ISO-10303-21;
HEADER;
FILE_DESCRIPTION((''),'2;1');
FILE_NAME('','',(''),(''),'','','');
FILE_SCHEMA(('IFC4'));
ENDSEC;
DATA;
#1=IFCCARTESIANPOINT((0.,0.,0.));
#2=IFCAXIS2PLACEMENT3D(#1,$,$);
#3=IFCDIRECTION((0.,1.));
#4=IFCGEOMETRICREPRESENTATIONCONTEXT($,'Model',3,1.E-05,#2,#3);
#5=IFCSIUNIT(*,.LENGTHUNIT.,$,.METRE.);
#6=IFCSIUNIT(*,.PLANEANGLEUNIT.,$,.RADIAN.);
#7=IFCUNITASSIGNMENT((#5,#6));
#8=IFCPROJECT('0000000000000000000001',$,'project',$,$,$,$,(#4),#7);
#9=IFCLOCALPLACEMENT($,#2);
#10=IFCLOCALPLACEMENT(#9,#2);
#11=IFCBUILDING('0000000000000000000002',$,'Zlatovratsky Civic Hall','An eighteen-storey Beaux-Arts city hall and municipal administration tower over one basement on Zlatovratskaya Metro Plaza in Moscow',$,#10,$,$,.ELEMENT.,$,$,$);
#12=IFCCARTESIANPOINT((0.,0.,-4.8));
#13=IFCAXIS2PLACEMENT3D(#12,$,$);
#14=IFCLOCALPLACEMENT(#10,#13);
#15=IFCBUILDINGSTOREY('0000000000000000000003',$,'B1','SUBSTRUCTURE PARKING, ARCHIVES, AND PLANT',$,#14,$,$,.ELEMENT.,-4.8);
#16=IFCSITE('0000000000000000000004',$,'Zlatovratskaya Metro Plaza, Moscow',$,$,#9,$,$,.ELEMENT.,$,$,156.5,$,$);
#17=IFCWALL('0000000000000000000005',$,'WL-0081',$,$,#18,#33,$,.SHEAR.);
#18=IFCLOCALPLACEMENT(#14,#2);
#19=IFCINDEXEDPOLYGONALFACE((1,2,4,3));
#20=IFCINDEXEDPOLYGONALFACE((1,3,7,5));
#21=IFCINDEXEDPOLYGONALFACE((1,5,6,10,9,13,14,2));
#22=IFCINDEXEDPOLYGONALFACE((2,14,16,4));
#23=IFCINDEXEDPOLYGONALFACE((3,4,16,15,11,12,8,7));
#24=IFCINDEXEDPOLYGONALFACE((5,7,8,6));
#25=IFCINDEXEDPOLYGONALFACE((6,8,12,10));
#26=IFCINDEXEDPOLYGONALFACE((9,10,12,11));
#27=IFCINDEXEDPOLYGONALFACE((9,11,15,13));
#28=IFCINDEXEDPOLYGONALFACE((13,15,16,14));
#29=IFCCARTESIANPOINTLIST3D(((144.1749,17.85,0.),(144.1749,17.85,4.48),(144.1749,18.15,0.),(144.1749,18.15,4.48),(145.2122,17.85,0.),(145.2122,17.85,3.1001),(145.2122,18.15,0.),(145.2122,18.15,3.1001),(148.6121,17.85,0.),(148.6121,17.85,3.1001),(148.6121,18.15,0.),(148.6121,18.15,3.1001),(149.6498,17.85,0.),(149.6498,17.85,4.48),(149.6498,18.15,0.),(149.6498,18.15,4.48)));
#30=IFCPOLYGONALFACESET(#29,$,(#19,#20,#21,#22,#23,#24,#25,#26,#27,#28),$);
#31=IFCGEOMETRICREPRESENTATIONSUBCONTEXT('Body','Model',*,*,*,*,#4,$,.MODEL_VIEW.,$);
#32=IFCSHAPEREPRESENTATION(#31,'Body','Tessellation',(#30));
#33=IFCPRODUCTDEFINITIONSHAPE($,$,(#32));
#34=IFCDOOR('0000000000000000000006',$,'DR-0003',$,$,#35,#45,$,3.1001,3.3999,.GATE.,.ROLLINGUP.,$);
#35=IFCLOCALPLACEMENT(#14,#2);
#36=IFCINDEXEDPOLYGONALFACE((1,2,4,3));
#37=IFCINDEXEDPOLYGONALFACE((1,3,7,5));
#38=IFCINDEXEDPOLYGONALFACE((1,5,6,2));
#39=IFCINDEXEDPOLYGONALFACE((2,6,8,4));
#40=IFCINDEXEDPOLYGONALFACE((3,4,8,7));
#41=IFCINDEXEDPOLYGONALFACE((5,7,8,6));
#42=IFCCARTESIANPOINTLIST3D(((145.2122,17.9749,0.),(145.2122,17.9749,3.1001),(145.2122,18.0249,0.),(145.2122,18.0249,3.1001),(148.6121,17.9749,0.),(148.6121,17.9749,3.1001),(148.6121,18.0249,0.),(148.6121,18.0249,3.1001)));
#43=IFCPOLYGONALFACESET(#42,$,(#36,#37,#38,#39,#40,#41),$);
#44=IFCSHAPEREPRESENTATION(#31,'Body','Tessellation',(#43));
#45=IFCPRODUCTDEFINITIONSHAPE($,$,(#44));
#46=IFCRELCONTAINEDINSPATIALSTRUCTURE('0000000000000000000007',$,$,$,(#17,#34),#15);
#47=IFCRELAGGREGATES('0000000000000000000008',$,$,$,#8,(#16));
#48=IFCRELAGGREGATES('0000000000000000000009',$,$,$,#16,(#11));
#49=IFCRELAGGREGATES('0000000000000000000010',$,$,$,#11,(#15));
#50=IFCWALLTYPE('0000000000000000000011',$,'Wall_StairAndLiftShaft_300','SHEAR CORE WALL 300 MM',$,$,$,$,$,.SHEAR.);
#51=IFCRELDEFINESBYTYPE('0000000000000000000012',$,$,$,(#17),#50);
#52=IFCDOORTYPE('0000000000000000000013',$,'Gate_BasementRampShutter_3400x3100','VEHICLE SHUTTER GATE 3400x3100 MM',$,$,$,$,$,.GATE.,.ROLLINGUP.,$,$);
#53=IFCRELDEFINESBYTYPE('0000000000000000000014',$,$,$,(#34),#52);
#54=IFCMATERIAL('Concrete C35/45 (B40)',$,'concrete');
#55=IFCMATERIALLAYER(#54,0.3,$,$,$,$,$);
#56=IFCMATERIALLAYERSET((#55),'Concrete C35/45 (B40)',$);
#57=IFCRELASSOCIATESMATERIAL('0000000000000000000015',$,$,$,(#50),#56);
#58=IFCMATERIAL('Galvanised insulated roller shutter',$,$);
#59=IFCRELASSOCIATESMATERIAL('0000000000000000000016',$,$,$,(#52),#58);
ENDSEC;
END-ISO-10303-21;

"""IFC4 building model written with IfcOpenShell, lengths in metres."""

from ifc_helpers import new_model, si_unit, direction, frame, frame_2d, origin, place, context, subcontext, project, spatial, rectangle, extrude, material, layer, layer_set, type_object, element, fill, save


model = new_model("IFC4")

# Units and contexts
model_context = context("Model", 3, precision=1e-05, world=origin(), true_north=direction((0.0, 1.0)))
body_context = subcontext(model_context, "Body", "Model", "MODEL_VIEW")
ifc_project = project(units=[si_unit("LENGTHUNIT", "METRE"), si_unit("PLANEANGLEUNIT", "RADIAN")], contexts=[model_context])

# Site, building, storey
site_placement = place(None, origin())
site = spatial("IfcSite", under=ifc_project, at=site_placement, Name="Zlatovratskaya Metro Plaza, Moscow", CompositionType="ELEMENT", RefElevation=156.5)
building_placement = place(site_placement, origin())
building = spatial("IfcBuilding", under=site, at=building_placement, Name="Zlatovratsky Civic Hall", Description="An eighteen-storey Beaux-Arts city hall and municipal administration tower over one basement on Zlatovratskaya Metro Plaza in Moscow", CompositionType="ELEMENT")
storey_placement = place(building_placement, frame((0.0, 0.0, -4.8)))
storey = spatial("IfcBuildingStorey", under=building, at=storey_placement, Name="B1", Description="SUBSTRUCTURE PARKING, ARCHIVES, AND PLANT", CompositionType="ELEMENT", Elevation=-4.8)

# Wall, opening, door
ifc_material_1 = material(Name="Concrete C35/45 (B40)", Category="concrete")
ifc_layer = layer(ifc_material_1, 0.3)
ifc_layer_set = layer_set([ifc_layer], Name="Concrete C35/45 (B40)")
wall_type = type_object("IfcWallType", Name="Wall_StairAndLiftShaft_300", Description="SHEAR CORE WALL 300 MM", PredefinedType="SHEAR", material=ifc_layer_set)
ifc_material_2 = material(Name="Galvanised insulated roller shutter")
door_type = type_object("IfcDoorType", Name="Gate_BasementRampShutter_3400x3100", Description="VEHICLE SHUTTER GATE 3400x3100 MM", OperationType="ROLLINGUP", PredefinedType="GATE", material=ifc_material_2)
wall_1_placement = place(storey_placement, frame((144.175, 18.0, 0.0), z_axis=(0.0, 0.0, 1.0), x_axis=(1.0, 0.0, 0.0)))
wall_1 = element("IfcWall", 1, at=wall_1_placement, inside=storey, type_object=wall_type, Name="WL-0081", PredefinedType="SHEAR", context=body_context, shape_type="SweptSolid", body=[
    extrude(rectangle(XDim=5.4749, YDim=0.3, at=frame_2d((2.7373, 0.0))), origin(), (0.0, 0.0, 1.0), 4.48),
])
opening_1_placement = place(wall_1_placement, frame((1.0371, 0.0, 0.0)))
opening_1 = element("IfcOpeningElement", 2, at=opening_1_placement, cuts=wall_1, PredefinedType="OPENING", context=body_context, shape_type="SweptSolid", body=[
    extrude(rectangle(XDim=3.3999, YDim=3.1001, at=frame_2d((1.7, 1.55))), frame((0.0, 0.165, 0.0), z_axis=(0.0, -1.0, 0.0), x_axis=(1.0, 0.0, 0.0)), (0.0, 0.0, 1.0), 0.3298),
])
door_1_placement = place(opening_1_placement, origin())
door_1 = element("IfcDoor", 3, at=door_1_placement, inside=storey, type_object=door_type, Name="DR-0003", OperationType="ROLLINGUP", OverallHeight=3.1001, OverallWidth=3.3999, PredefinedType="GATE", context=body_context, shape_type="SweptSolid", body=[
    extrude(rectangle(XDim=3.3999, YDim=3.1001, at=frame_2d((1.7, 1.55))), frame((0.0, 0.0249, 0.0), z_axis=(0.0, -1.0, 0.0), x_axis=(1.0, 0.0, 0.0)), (0.0, 0.0, 1.0), 0.05),
])
fill(opening_1, door_1)

save(model, "model.ifc")
